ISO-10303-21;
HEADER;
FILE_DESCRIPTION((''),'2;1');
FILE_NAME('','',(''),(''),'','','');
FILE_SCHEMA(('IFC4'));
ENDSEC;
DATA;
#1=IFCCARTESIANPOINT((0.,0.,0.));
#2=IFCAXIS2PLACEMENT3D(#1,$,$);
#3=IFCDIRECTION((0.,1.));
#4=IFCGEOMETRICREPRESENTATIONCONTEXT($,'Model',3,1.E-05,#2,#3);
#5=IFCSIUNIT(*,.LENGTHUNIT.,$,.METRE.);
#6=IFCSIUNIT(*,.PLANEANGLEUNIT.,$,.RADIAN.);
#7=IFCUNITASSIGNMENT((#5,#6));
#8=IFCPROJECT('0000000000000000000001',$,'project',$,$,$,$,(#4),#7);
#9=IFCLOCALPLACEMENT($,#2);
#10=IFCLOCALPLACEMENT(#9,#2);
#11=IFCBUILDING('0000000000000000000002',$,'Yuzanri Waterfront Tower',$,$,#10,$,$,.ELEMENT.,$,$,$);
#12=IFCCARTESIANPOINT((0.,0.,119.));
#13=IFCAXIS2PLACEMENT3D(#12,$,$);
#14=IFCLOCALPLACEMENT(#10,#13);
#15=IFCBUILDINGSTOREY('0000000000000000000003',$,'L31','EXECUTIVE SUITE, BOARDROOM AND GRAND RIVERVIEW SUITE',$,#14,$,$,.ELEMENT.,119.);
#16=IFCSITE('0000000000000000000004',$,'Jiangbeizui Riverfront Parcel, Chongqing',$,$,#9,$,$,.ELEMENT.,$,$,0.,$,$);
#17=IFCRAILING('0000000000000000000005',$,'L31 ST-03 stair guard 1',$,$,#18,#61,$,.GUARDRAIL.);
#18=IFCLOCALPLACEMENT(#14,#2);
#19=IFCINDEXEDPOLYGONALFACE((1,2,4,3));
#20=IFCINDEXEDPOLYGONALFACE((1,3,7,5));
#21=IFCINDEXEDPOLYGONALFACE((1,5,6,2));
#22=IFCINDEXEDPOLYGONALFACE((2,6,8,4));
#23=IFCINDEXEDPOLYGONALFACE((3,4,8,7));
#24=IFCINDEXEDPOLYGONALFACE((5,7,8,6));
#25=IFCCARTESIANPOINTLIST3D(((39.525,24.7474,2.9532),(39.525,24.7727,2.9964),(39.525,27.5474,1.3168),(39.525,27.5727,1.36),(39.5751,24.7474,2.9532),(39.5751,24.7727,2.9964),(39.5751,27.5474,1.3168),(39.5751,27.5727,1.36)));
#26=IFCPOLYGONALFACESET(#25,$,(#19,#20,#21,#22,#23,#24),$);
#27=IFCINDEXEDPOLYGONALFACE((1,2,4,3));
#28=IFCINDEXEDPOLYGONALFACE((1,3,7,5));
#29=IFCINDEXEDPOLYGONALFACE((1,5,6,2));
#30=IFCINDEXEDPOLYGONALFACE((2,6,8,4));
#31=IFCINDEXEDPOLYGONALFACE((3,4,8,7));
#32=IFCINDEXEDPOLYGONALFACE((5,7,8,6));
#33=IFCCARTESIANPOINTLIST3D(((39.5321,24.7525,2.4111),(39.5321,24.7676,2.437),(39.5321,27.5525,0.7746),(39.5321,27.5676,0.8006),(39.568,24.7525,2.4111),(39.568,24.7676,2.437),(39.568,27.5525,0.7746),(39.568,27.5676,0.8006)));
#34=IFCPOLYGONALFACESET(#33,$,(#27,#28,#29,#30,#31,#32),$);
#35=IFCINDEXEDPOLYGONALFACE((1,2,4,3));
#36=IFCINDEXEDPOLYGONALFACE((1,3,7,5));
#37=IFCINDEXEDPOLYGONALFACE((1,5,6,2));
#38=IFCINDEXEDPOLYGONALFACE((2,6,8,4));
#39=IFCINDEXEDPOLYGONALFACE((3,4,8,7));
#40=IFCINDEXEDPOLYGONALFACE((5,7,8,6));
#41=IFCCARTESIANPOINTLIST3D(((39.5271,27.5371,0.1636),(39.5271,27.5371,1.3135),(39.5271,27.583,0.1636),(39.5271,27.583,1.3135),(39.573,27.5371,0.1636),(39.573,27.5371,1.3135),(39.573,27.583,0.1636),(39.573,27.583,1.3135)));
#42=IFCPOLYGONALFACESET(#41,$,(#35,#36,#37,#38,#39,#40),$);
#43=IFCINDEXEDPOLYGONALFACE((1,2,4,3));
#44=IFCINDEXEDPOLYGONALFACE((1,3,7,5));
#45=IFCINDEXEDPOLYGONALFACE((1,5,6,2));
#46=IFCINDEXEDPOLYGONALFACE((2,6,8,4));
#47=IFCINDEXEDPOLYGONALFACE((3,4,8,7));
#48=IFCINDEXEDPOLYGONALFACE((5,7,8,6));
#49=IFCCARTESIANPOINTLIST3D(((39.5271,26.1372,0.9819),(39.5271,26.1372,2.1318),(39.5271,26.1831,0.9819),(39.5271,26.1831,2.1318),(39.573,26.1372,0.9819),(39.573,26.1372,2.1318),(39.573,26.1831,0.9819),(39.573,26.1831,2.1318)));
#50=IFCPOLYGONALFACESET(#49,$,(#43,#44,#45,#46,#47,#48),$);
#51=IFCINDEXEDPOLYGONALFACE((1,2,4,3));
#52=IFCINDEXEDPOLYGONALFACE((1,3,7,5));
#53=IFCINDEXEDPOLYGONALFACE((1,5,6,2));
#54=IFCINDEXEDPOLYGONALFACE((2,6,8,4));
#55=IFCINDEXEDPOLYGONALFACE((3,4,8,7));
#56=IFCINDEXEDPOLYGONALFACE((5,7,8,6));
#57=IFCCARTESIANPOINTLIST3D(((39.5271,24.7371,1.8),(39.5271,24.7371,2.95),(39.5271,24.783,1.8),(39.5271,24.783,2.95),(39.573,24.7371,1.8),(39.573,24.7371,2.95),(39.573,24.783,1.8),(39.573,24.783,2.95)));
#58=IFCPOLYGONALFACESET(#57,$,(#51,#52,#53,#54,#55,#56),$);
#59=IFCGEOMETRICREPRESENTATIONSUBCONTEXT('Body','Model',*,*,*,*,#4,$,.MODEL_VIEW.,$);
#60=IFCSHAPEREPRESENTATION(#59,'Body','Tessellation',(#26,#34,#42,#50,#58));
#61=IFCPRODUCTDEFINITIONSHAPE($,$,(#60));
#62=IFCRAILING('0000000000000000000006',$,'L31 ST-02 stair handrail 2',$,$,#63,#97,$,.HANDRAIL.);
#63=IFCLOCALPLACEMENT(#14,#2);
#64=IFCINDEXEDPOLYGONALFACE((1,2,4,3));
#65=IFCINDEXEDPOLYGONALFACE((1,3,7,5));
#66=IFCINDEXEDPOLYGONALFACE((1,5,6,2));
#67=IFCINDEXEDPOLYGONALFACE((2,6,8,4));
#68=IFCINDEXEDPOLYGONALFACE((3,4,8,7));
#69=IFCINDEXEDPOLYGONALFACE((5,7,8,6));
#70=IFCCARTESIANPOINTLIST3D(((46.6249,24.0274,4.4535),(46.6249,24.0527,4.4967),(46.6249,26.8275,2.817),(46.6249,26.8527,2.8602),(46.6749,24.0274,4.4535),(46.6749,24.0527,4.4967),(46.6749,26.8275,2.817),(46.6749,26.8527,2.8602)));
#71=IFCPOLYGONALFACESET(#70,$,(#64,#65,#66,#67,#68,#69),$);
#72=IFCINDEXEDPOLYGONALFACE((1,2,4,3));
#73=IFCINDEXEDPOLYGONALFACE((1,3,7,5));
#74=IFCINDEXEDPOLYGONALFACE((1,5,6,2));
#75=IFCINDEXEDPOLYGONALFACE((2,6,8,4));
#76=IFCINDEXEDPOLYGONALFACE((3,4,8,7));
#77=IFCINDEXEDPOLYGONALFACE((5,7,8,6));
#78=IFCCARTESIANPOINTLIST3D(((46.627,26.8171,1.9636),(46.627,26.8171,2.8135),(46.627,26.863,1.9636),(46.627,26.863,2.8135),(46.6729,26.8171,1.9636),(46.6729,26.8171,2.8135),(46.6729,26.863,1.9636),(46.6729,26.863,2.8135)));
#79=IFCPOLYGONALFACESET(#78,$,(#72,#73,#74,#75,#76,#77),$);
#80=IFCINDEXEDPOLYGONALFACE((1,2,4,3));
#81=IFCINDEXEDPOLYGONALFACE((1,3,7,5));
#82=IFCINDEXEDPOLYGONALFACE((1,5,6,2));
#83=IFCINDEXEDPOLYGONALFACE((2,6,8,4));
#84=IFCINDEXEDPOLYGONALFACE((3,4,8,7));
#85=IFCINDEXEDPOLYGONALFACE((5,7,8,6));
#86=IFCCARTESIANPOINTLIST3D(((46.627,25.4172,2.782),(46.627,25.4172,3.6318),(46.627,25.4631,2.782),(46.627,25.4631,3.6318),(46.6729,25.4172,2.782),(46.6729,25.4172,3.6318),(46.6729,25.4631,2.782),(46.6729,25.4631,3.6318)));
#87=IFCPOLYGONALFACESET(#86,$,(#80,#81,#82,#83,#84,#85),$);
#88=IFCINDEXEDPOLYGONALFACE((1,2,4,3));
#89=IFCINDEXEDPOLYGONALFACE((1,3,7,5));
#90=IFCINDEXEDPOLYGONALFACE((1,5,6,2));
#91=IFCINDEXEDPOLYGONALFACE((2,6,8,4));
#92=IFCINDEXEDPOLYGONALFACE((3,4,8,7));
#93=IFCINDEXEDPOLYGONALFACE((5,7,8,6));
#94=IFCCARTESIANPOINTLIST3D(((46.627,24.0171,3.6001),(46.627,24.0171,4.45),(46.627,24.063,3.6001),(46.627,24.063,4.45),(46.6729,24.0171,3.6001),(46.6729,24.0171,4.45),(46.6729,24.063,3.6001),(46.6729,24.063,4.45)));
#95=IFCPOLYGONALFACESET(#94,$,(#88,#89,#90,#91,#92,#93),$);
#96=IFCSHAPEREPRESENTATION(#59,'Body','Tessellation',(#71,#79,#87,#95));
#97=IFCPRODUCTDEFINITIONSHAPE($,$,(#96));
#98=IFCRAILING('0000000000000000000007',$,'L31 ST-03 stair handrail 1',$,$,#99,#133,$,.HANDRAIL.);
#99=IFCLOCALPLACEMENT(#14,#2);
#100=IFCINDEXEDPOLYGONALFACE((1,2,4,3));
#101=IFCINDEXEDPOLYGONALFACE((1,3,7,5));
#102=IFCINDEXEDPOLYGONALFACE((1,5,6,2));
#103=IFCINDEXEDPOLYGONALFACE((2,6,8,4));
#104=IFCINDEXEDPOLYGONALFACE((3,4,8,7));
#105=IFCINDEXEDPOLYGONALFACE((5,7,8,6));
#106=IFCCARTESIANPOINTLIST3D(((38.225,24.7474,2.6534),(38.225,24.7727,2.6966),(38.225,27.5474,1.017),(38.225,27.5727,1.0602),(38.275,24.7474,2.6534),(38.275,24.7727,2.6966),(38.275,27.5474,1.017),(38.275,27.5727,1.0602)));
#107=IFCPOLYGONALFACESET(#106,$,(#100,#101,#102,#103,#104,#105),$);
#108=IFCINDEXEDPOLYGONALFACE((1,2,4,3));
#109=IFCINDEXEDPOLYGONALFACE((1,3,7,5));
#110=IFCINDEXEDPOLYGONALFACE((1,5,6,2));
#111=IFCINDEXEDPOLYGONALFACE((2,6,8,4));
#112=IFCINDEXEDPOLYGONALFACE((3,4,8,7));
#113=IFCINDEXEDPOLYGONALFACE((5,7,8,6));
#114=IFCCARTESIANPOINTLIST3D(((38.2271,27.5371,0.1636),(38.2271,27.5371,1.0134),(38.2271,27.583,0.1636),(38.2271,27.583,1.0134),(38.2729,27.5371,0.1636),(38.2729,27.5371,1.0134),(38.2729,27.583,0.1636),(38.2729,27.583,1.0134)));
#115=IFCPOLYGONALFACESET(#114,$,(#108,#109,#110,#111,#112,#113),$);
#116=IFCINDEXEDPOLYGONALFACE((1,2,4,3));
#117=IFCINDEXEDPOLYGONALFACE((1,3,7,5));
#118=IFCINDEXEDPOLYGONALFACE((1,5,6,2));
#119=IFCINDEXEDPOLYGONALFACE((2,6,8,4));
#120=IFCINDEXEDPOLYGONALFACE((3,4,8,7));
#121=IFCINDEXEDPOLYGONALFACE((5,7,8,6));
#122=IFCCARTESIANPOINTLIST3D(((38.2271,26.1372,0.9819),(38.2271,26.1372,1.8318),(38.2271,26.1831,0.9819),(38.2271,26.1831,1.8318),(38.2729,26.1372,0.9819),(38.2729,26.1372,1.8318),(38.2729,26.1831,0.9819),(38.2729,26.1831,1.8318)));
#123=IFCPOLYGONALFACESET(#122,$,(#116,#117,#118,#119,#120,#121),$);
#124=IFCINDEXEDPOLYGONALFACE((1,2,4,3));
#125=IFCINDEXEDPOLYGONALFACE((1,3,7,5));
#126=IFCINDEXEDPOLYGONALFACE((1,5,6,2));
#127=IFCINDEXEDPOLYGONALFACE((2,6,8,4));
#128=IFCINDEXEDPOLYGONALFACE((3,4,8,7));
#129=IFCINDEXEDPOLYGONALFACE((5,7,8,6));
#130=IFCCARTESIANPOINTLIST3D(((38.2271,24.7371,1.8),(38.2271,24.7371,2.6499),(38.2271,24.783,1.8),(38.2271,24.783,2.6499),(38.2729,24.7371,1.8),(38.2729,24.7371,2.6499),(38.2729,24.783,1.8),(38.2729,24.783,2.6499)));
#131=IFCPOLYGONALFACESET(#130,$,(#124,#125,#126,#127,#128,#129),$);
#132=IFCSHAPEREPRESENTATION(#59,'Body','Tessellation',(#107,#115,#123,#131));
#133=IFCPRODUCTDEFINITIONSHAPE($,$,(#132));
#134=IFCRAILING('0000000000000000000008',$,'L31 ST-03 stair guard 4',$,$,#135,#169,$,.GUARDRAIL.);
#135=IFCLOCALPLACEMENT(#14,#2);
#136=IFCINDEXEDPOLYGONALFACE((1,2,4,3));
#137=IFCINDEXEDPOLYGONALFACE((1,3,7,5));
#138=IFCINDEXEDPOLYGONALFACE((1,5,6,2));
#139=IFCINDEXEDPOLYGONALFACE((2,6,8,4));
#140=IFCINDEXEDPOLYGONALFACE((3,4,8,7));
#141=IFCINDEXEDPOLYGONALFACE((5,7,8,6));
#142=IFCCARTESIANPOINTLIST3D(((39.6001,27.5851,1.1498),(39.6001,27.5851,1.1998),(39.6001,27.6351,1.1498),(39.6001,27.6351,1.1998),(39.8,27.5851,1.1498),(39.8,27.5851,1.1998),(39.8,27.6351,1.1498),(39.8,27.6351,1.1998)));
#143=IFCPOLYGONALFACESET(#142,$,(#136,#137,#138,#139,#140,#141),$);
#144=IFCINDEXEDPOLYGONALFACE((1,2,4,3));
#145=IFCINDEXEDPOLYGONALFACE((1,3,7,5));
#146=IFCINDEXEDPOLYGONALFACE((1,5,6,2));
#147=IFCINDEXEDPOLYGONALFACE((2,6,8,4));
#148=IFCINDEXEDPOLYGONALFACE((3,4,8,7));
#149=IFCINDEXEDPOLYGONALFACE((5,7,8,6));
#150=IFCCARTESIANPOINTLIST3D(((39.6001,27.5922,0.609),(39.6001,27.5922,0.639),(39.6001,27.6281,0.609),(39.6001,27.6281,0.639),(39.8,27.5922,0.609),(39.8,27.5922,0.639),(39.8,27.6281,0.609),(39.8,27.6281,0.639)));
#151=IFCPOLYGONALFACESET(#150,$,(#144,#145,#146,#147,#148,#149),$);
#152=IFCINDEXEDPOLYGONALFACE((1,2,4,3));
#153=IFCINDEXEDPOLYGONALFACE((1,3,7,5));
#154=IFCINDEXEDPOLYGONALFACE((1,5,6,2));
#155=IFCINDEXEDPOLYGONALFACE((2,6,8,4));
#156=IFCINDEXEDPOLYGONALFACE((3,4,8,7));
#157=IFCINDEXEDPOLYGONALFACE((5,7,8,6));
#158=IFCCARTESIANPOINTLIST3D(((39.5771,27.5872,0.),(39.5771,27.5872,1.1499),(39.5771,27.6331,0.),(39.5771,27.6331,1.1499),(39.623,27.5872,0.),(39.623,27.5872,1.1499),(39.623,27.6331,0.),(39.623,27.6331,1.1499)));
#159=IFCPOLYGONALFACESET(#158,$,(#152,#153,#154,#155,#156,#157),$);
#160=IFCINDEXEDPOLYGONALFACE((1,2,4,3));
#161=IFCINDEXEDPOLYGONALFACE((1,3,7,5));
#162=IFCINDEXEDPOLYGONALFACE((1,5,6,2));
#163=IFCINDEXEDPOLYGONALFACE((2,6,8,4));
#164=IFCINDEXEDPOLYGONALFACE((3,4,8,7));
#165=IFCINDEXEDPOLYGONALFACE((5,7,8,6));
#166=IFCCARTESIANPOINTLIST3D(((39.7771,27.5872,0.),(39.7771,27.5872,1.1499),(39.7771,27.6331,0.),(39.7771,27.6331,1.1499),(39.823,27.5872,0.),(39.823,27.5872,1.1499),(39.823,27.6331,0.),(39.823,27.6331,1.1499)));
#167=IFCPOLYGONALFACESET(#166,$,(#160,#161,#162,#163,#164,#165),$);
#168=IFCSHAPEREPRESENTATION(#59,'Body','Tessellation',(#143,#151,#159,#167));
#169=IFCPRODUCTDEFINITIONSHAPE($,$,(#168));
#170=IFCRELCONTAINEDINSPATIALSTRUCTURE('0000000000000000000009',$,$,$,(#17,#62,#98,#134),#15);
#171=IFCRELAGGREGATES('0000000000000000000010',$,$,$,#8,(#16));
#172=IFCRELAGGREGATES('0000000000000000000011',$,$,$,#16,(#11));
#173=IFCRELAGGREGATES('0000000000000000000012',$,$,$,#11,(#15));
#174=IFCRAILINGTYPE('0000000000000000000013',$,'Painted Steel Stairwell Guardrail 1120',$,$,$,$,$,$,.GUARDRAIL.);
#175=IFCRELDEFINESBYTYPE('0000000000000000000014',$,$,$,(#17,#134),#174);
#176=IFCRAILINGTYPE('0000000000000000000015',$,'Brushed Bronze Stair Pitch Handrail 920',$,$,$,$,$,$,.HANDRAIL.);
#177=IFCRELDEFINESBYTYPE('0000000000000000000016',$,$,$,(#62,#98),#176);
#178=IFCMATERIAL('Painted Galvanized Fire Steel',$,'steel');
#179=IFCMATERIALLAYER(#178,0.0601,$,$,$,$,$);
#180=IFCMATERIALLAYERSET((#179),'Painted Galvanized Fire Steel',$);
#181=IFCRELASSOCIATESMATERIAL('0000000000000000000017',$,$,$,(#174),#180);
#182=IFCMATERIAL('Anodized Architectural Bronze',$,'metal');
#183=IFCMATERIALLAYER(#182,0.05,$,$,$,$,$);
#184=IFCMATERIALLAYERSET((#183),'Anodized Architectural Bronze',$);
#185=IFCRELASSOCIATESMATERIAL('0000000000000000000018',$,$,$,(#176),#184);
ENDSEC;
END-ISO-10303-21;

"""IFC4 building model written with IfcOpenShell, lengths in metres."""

from ifc_helpers import new_model, si_unit, direction, frame, origin, origin_2d, place, context, subcontext, project, spatial, rectangle, extrude, source, transform, mapped, material, layer, layer_set, type_object, element, save


model = new_model("IFC4")

# Units and contexts
model_context = context("Model", 3, precision=1e-05, world=origin(), true_north=direction((0.0, 1.0)))
body_context = subcontext(model_context, "Body", "Model", "MODEL_VIEW")
ifc_project = project(units=[si_unit("LENGTHUNIT", "METRE"), si_unit("PLANEANGLEUNIT", "RADIAN")], contexts=[model_context])

# Site, building, storey
site_placement = place(None, origin())
site = spatial("IfcSite", under=ifc_project, at=site_placement, Name="Jiangbeizui Riverfront Parcel, Chongqing", CompositionType="ELEMENT", RefElevation=0.0)
building_placement = place(site_placement, origin())
building = spatial("IfcBuilding", under=site, at=building_placement, Name="Yuzanri Waterfront Tower", CompositionType="ELEMENT")
storey_placement = place(building_placement, frame((0.0, 0.0, 119.0)))
storey = spatial("IfcBuildingStorey", under=building, at=storey_placement, Name="L31", Description="EXECUTIVE SUITE, BOARDROOM AND GRAND RIVERVIEW SUITE", CompositionType="ELEMENT", Elevation=119.0)

# Railings
ifc_material_1 = material(Name="Painted Galvanized Fire Steel", Category="steel")
ifc_layer_1 = layer(ifc_material_1, 0.0601)
ifc_layer_set_1 = layer_set([ifc_layer_1], Name="Painted Galvanized Fire Steel")
railing_type_1 = type_object("IfcRailingType", Name="Painted Steel Stairwell Guardrail 1120", PredefinedType="GUARDRAIL", material=ifc_layer_set_1)
shared_shape_1 = source(origin(), body_context, "Body", "SweptSolid", [
    extrude(rectangle(XDim=0.05, YDim=0.05, at=origin_2d()), frame((0.0, 0.0, 1.1748), z_axis=(0.0, -0.863361, 0.504587), x_axis=(1.0, 0.0, 0.0)), (0.0, 0.0, 1.0), 3.2432),
    extrude(rectangle(XDim=0.0359, YDim=0.03, at=origin_2d()), frame((0.0, 0.0, 0.624), z_axis=(0.0, -0.863361, 0.504587), x_axis=(1.0, 0.0, 0.0)), (0.0, 0.0, 1.0), 3.2432),
    extrude(rectangle(XDim=0.0459, YDim=0.0459, at=origin_2d()), origin(), (0.0, 0.0, 1.0), 1.1499),
    extrude(rectangle(XDim=0.0459, YDim=0.0459, at=origin_2d()), frame((0.0, -1.3999, 0.8184)), (0.0, 0.0, 1.0), 1.1499),
    extrude(rectangle(XDim=0.0459, YDim=0.0459, at=origin_2d()), frame((0.0, -2.8, 1.6365)), (0.0, 0.0, 1.0), 1.1499),
])
for number, where, name in (
    (1, (39.55, 27.5601, 0.1636), "L31 ST-03 stair guard 1"),
):
    element("IfcRailing", number, at=place(storey_placement, frame(where)), inside=storey, type_object=railing_type_1, Name=name, PredefinedType="GUARDRAIL", context=body_context, shape_type="MappedRepresentation", body=[
        mapped(shared_shape_1, transform((0.0, 0.0, 0.0), scale=1.0)),
    ])
ifc_material_2 = material(Name="Anodized Architectural Bronze", Category="metal")
ifc_layer_2 = layer(ifc_material_2, 0.05)
ifc_layer_set_2 = layer_set([ifc_layer_2], Name="Anodized Architectural Bronze")
railing_type_2 = type_object("IfcRailingType", Name="Brushed Bronze Stair Pitch Handrail 920", PredefinedType="HANDRAIL", material=ifc_layer_set_2)
shared_shape_2 = source(origin(), body_context, "Body", "SweptSolid", [
    extrude(rectangle(XDim=0.05, YDim=0.05, at=origin_2d()), frame((0.0, 0.0, 0.875), z_axis=(0.0, -0.863361, 0.504587), x_axis=(1.0, 0.0, 0.0)), (0.0, 0.0, 1.0), 3.2432),
    extrude(rectangle(XDim=0.0459, YDim=0.0459, at=origin_2d()), origin(), (0.0, 0.0, 1.0), 0.8499),
    extrude(rectangle(XDim=0.0459, YDim=0.0459, at=origin_2d()), frame((0.0, -1.3999, 0.8184)), (0.0, 0.0, 1.0), 0.8499),
    extrude(rectangle(XDim=0.0459, YDim=0.0459, at=origin_2d()), frame((0.0, -2.8, 1.6365)), (0.0, 0.0, 1.0), 0.8499),
])
for number, where, name in (
    (2, (46.6499, 26.8401, 1.9636), "L31 ST-02 stair handrail 2"),
    (3, (38.25, 27.5601, 0.1636), "L31 ST-03 stair handrail 1"),
):
    element("IfcRailing", number, at=place(storey_placement, frame(where)), inside=storey, type_object=railing_type_2, Name=name, PredefinedType="HANDRAIL", context=body_context, shape_type="MappedRepresentation", body=[
        mapped(shared_shape_2, transform((0.0, 0.0, 0.0), scale=1.0)),
    ])
shared_shape_3 = source(origin(), body_context, "Body", "SweptSolid", [
    extrude(rectangle(XDim=0.05, YDim=0.05, at=origin_2d()), frame((0.0, 0.0, 1.1748), z_axis=(1.0, 0.0, 0.0), x_axis=(0.0, 1.0, 0.0)), (0.0, 0.0, 1.0), 0.2),
    extrude(rectangle(XDim=0.0359, YDim=0.03, at=origin_2d()), frame((0.0, 0.0, 0.624), z_axis=(1.0, 0.0, 0.0), x_axis=(0.0, 1.0, 0.0)), (0.0, 0.0, 1.0), 0.2),
    extrude(rectangle(XDim=0.0459, YDim=0.0459, at=origin_2d()), origin(), (0.0, 0.0, 1.0), 1.1499),
    extrude(rectangle(XDim=0.0459, YDim=0.0459, at=origin_2d()), frame((0.2, 0.0, 0.0)), (0.0, 0.0, 1.0), 1.1499),
])
railing_1_placement = place(storey_placement, frame((39.6001, 27.6101, 0.0)))
element("IfcRailing", 4, at=railing_1_placement, inside=storey, type_object=railing_type_1, Name="L31 ST-03 stair guard 4", PredefinedType="GUARDRAIL", context=body_context, shape_type="MappedRepresentation", body=[
    mapped(shared_shape_3, transform((0.0, 0.0, 0.0), scale=1.0)),
])

save(model, "model.ifc")
